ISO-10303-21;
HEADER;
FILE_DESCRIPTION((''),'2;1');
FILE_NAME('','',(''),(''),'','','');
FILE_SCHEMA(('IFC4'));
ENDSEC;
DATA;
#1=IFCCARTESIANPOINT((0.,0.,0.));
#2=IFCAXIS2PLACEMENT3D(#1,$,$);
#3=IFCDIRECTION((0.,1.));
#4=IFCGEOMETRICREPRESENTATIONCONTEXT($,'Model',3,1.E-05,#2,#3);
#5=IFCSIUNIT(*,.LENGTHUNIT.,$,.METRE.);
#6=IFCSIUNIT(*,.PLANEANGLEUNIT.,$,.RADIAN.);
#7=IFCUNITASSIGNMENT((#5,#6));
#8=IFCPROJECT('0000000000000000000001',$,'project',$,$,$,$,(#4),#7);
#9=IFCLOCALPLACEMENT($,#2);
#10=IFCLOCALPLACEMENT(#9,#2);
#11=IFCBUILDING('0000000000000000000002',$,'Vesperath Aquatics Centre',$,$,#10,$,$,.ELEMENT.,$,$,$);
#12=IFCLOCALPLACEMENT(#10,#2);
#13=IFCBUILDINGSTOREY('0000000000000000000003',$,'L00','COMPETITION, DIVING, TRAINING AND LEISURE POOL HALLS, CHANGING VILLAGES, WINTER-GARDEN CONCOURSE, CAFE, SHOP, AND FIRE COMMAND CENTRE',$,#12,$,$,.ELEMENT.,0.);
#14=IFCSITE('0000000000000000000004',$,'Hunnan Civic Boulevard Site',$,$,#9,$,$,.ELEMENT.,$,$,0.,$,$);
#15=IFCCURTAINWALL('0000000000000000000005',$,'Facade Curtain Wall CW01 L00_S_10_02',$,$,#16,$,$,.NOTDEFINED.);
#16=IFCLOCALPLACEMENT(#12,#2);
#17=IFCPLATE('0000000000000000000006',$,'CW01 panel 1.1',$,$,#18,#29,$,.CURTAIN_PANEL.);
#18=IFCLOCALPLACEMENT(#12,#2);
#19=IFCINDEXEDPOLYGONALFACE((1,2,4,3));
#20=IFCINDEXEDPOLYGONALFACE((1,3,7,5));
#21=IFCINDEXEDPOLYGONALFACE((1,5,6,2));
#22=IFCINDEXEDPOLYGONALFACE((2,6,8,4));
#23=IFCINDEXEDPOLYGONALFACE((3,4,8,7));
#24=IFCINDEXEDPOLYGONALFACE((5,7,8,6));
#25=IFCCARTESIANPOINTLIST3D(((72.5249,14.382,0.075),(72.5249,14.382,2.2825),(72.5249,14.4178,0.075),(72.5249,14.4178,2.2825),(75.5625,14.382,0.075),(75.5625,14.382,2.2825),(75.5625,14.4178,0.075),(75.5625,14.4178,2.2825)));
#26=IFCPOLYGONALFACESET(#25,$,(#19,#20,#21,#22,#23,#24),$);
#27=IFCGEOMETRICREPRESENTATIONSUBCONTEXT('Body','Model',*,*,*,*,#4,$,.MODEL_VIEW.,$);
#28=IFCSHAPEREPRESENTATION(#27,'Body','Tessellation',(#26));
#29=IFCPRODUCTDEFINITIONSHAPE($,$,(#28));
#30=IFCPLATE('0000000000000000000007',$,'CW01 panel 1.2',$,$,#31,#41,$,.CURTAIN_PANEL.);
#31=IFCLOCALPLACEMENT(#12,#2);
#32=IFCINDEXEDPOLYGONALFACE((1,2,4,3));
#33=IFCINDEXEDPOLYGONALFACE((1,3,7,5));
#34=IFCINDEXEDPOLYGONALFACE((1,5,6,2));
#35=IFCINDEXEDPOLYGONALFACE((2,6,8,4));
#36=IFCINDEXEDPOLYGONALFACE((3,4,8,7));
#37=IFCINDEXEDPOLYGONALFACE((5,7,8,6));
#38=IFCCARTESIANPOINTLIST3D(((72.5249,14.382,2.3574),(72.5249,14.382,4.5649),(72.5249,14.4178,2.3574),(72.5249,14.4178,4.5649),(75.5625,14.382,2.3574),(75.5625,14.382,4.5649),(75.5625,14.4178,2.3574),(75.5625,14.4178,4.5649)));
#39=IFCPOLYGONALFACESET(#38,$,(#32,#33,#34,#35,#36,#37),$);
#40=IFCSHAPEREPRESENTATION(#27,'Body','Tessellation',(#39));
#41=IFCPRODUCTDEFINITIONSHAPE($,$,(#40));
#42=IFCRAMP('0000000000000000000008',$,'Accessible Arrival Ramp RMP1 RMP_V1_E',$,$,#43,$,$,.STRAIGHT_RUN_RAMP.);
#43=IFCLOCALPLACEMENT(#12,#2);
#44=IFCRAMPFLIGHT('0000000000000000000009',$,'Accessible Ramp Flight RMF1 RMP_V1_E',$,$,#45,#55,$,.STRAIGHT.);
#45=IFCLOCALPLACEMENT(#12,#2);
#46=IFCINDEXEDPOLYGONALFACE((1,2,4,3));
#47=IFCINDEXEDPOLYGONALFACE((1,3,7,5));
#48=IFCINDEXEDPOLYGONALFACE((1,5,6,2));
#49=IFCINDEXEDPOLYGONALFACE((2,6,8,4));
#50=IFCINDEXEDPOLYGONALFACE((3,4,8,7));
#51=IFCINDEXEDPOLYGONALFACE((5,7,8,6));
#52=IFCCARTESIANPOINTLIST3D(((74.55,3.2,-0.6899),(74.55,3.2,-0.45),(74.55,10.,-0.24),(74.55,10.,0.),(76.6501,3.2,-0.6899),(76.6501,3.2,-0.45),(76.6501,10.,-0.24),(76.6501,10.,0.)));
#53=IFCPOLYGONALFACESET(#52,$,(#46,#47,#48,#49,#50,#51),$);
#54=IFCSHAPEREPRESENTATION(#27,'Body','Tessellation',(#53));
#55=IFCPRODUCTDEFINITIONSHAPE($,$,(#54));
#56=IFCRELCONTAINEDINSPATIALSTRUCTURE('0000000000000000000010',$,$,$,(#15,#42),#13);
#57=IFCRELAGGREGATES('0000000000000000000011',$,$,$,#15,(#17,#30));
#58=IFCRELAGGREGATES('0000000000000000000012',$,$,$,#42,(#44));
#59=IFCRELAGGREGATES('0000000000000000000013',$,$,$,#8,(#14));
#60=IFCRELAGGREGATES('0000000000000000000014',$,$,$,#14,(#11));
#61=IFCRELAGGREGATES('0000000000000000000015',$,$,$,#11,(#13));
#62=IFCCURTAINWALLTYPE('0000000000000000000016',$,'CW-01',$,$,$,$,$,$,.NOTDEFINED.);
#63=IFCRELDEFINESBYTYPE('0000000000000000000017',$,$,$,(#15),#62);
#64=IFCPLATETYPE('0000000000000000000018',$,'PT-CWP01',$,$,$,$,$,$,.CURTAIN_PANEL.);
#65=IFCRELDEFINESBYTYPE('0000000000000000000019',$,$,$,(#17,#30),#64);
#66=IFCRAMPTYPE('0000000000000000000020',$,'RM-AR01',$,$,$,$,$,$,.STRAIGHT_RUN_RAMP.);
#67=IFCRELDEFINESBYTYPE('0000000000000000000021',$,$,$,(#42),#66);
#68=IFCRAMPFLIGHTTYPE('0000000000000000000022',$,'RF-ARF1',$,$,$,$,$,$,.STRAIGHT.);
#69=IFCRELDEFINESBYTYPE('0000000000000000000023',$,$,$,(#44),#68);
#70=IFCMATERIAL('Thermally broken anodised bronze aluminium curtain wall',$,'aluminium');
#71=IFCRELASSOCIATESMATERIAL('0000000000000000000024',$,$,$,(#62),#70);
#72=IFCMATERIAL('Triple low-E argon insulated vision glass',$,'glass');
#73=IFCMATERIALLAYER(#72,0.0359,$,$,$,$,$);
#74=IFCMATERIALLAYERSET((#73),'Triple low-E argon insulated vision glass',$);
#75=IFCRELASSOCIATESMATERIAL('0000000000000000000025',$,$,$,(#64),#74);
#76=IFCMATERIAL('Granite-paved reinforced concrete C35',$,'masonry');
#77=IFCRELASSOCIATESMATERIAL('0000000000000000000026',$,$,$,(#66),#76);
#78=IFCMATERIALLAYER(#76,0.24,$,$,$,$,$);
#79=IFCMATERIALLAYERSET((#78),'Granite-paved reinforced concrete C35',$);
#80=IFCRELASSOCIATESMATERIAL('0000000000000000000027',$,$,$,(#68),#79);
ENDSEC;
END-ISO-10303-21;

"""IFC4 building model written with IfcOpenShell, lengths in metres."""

from ifc_helpers import new_model, si_unit, direction, frame, origin, origin_2d, place, context, subcontext, project, spatial, polyline, rectangle, outline, extrude, material, layer, layer_set, type_object, element, aggregate, save


model = new_model("IFC4")

# Units and contexts
model_context = context("Model", 3, precision=1e-05, world=origin(), true_north=direction((0.0, 1.0)))
body_context = subcontext(model_context, "Body", "Model", "MODEL_VIEW")
ifc_project = project(units=[si_unit("LENGTHUNIT", "METRE"), si_unit("PLANEANGLEUNIT", "RADIAN")], contexts=[model_context])

# Site, building, storey
site_placement = place(None, origin())
site = spatial("IfcSite", under=ifc_project, at=site_placement, Name="Hunnan Civic Boulevard Site", CompositionType="ELEMENT", RefElevation=0.0)
building_placement = place(site_placement, origin())
building = spatial("IfcBuilding", under=site, at=building_placement, Name="Vesperath Aquatics Centre", CompositionType="ELEMENT")
storey_placement = place(building_placement, origin())
storey = spatial("IfcBuildingStorey", under=building, at=storey_placement, Name="L00", Description="COMPETITION, DIVING, TRAINING AND LEISURE POOL HALLS, CHANGING VILLAGES, WINTER-GARDEN CONCOURSE, CAFE, SHOP, AND FIRE COMMAND CENTRE", CompositionType="ELEMENT", Elevation=0.0)

# Curtain wall
ifc_material_1 = material(Name="Thermally broken anodised bronze aluminium curtain wall", Category="aluminium")
curtain_wall_type = type_object("IfcCurtainWallType", Name="CW-01", PredefinedType="NOTDEFINED", material=ifc_material_1)
curtain_wall_1_placement = place(storey_placement, origin())
curtain_wall_1 = element("IfcCurtainWall", 1, at=curtain_wall_1_placement, inside=storey, type_object=curtain_wall_type, Name="Facade Curtain Wall CW01 L00_S_10_02", PredefinedType="NOTDEFINED")

# Plates
ifc_material_2 = material(Name="Triple low-E argon insulated vision glass", Category="glass")
ifc_layer_1 = layer(ifc_material_2, 0.0359)
ifc_layer_set_1 = layer_set([ifc_layer_1], Name="Triple low-E argon insulated vision glass")
plate_type = type_object("IfcPlateType", Name="PT-CWP01", PredefinedType="CURTAIN_PANEL", material=ifc_layer_set_1)
plate_1_placement = place(storey_placement, frame((74.0437, 14.3999, 0.075), z_axis=(0.0, 0.0, 1.0), x_axis=(1.0, 0.0, 0.0)))
plate_1 = element("IfcPlate", 2, at=plate_1_placement, type_object=plate_type, Name="CW01 panel 1.1", PredefinedType="CURTAIN_PANEL", context=body_context, shape_type="SweptSolid", body=[
    extrude(rectangle(XDim=3.0376, YDim=0.0359, at=origin_2d()), origin(), (0.0, 0.0, 1.0), 2.2075),
])
plate_2_placement = place(storey_placement, frame((74.0437, 14.3999, 2.3574), z_axis=(0.0, 0.0, 1.0), x_axis=(1.0, 0.0, 0.0)))
plate_2 = element("IfcPlate", 3, at=plate_2_placement, type_object=plate_type, Name="CW01 panel 1.2", PredefinedType="CURTAIN_PANEL", context=body_context, shape_type="SweptSolid", body=[
    extrude(rectangle(XDim=3.0376, YDim=0.0359, at=origin_2d()), origin(), (0.0, 0.0, 1.0), 2.2075),
])
aggregate(curtain_wall_1, [plate_1, plate_2])

# Ramp, ramp flight
ifc_material_3 = material(Name="Granite-paved reinforced concrete C35", Category="masonry")
ramp_type = type_object("IfcRampType", Name="RM-AR01", PredefinedType="STRAIGHT_RUN_RAMP", material=ifc_material_3)
ramp_placement = place(storey_placement, origin())
ramp = element("IfcRamp", 4, at=ramp_placement, inside=storey, type_object=ramp_type, Name="Accessible Arrival Ramp RMP1 RMP_V1_E", PredefinedType="STRAIGHT_RUN_RAMP")
ifc_layer_2 = layer(ifc_material_3, 0.24)
ifc_layer_set_2 = layer_set([ifc_layer_2], Name="Granite-paved reinforced concrete C35")
ramp_flight_type = type_object("IfcRampFlightType", Name="RF-ARF1", PredefinedType="STRAIGHT", material=ifc_layer_set_2)
ramp_flight_placement = place(storey_placement, frame((75.6001, 3.2, -0.45), z_axis=(0.0, 0.0, 1.0), x_axis=(0.0, 1.0, 0.0)))
ramp_flight = element("IfcRampFlight", 5, at=ramp_flight_placement, type_object=ramp_flight_type, Name="Accessible Ramp Flight RMF1 RMP_V1_E", PredefinedType="STRAIGHT", context=body_context, shape_type="SweptSolid", body=[
    extrude(outline(polyline([(0.0, -0.24), (6.8, 0.21), (6.8, 0.45), (0.0, 0.0), (0.0, -0.24)])), frame((0.0, 1.05, 0.0), z_axis=(0.0, -1.0, 0.0), x_axis=(1.0, 0.0, 0.0)), (0.0, 0.0, 1.0), 2.1001),
])
aggregate(ramp, [ramp_flight])

save(model, "model.ifc")
